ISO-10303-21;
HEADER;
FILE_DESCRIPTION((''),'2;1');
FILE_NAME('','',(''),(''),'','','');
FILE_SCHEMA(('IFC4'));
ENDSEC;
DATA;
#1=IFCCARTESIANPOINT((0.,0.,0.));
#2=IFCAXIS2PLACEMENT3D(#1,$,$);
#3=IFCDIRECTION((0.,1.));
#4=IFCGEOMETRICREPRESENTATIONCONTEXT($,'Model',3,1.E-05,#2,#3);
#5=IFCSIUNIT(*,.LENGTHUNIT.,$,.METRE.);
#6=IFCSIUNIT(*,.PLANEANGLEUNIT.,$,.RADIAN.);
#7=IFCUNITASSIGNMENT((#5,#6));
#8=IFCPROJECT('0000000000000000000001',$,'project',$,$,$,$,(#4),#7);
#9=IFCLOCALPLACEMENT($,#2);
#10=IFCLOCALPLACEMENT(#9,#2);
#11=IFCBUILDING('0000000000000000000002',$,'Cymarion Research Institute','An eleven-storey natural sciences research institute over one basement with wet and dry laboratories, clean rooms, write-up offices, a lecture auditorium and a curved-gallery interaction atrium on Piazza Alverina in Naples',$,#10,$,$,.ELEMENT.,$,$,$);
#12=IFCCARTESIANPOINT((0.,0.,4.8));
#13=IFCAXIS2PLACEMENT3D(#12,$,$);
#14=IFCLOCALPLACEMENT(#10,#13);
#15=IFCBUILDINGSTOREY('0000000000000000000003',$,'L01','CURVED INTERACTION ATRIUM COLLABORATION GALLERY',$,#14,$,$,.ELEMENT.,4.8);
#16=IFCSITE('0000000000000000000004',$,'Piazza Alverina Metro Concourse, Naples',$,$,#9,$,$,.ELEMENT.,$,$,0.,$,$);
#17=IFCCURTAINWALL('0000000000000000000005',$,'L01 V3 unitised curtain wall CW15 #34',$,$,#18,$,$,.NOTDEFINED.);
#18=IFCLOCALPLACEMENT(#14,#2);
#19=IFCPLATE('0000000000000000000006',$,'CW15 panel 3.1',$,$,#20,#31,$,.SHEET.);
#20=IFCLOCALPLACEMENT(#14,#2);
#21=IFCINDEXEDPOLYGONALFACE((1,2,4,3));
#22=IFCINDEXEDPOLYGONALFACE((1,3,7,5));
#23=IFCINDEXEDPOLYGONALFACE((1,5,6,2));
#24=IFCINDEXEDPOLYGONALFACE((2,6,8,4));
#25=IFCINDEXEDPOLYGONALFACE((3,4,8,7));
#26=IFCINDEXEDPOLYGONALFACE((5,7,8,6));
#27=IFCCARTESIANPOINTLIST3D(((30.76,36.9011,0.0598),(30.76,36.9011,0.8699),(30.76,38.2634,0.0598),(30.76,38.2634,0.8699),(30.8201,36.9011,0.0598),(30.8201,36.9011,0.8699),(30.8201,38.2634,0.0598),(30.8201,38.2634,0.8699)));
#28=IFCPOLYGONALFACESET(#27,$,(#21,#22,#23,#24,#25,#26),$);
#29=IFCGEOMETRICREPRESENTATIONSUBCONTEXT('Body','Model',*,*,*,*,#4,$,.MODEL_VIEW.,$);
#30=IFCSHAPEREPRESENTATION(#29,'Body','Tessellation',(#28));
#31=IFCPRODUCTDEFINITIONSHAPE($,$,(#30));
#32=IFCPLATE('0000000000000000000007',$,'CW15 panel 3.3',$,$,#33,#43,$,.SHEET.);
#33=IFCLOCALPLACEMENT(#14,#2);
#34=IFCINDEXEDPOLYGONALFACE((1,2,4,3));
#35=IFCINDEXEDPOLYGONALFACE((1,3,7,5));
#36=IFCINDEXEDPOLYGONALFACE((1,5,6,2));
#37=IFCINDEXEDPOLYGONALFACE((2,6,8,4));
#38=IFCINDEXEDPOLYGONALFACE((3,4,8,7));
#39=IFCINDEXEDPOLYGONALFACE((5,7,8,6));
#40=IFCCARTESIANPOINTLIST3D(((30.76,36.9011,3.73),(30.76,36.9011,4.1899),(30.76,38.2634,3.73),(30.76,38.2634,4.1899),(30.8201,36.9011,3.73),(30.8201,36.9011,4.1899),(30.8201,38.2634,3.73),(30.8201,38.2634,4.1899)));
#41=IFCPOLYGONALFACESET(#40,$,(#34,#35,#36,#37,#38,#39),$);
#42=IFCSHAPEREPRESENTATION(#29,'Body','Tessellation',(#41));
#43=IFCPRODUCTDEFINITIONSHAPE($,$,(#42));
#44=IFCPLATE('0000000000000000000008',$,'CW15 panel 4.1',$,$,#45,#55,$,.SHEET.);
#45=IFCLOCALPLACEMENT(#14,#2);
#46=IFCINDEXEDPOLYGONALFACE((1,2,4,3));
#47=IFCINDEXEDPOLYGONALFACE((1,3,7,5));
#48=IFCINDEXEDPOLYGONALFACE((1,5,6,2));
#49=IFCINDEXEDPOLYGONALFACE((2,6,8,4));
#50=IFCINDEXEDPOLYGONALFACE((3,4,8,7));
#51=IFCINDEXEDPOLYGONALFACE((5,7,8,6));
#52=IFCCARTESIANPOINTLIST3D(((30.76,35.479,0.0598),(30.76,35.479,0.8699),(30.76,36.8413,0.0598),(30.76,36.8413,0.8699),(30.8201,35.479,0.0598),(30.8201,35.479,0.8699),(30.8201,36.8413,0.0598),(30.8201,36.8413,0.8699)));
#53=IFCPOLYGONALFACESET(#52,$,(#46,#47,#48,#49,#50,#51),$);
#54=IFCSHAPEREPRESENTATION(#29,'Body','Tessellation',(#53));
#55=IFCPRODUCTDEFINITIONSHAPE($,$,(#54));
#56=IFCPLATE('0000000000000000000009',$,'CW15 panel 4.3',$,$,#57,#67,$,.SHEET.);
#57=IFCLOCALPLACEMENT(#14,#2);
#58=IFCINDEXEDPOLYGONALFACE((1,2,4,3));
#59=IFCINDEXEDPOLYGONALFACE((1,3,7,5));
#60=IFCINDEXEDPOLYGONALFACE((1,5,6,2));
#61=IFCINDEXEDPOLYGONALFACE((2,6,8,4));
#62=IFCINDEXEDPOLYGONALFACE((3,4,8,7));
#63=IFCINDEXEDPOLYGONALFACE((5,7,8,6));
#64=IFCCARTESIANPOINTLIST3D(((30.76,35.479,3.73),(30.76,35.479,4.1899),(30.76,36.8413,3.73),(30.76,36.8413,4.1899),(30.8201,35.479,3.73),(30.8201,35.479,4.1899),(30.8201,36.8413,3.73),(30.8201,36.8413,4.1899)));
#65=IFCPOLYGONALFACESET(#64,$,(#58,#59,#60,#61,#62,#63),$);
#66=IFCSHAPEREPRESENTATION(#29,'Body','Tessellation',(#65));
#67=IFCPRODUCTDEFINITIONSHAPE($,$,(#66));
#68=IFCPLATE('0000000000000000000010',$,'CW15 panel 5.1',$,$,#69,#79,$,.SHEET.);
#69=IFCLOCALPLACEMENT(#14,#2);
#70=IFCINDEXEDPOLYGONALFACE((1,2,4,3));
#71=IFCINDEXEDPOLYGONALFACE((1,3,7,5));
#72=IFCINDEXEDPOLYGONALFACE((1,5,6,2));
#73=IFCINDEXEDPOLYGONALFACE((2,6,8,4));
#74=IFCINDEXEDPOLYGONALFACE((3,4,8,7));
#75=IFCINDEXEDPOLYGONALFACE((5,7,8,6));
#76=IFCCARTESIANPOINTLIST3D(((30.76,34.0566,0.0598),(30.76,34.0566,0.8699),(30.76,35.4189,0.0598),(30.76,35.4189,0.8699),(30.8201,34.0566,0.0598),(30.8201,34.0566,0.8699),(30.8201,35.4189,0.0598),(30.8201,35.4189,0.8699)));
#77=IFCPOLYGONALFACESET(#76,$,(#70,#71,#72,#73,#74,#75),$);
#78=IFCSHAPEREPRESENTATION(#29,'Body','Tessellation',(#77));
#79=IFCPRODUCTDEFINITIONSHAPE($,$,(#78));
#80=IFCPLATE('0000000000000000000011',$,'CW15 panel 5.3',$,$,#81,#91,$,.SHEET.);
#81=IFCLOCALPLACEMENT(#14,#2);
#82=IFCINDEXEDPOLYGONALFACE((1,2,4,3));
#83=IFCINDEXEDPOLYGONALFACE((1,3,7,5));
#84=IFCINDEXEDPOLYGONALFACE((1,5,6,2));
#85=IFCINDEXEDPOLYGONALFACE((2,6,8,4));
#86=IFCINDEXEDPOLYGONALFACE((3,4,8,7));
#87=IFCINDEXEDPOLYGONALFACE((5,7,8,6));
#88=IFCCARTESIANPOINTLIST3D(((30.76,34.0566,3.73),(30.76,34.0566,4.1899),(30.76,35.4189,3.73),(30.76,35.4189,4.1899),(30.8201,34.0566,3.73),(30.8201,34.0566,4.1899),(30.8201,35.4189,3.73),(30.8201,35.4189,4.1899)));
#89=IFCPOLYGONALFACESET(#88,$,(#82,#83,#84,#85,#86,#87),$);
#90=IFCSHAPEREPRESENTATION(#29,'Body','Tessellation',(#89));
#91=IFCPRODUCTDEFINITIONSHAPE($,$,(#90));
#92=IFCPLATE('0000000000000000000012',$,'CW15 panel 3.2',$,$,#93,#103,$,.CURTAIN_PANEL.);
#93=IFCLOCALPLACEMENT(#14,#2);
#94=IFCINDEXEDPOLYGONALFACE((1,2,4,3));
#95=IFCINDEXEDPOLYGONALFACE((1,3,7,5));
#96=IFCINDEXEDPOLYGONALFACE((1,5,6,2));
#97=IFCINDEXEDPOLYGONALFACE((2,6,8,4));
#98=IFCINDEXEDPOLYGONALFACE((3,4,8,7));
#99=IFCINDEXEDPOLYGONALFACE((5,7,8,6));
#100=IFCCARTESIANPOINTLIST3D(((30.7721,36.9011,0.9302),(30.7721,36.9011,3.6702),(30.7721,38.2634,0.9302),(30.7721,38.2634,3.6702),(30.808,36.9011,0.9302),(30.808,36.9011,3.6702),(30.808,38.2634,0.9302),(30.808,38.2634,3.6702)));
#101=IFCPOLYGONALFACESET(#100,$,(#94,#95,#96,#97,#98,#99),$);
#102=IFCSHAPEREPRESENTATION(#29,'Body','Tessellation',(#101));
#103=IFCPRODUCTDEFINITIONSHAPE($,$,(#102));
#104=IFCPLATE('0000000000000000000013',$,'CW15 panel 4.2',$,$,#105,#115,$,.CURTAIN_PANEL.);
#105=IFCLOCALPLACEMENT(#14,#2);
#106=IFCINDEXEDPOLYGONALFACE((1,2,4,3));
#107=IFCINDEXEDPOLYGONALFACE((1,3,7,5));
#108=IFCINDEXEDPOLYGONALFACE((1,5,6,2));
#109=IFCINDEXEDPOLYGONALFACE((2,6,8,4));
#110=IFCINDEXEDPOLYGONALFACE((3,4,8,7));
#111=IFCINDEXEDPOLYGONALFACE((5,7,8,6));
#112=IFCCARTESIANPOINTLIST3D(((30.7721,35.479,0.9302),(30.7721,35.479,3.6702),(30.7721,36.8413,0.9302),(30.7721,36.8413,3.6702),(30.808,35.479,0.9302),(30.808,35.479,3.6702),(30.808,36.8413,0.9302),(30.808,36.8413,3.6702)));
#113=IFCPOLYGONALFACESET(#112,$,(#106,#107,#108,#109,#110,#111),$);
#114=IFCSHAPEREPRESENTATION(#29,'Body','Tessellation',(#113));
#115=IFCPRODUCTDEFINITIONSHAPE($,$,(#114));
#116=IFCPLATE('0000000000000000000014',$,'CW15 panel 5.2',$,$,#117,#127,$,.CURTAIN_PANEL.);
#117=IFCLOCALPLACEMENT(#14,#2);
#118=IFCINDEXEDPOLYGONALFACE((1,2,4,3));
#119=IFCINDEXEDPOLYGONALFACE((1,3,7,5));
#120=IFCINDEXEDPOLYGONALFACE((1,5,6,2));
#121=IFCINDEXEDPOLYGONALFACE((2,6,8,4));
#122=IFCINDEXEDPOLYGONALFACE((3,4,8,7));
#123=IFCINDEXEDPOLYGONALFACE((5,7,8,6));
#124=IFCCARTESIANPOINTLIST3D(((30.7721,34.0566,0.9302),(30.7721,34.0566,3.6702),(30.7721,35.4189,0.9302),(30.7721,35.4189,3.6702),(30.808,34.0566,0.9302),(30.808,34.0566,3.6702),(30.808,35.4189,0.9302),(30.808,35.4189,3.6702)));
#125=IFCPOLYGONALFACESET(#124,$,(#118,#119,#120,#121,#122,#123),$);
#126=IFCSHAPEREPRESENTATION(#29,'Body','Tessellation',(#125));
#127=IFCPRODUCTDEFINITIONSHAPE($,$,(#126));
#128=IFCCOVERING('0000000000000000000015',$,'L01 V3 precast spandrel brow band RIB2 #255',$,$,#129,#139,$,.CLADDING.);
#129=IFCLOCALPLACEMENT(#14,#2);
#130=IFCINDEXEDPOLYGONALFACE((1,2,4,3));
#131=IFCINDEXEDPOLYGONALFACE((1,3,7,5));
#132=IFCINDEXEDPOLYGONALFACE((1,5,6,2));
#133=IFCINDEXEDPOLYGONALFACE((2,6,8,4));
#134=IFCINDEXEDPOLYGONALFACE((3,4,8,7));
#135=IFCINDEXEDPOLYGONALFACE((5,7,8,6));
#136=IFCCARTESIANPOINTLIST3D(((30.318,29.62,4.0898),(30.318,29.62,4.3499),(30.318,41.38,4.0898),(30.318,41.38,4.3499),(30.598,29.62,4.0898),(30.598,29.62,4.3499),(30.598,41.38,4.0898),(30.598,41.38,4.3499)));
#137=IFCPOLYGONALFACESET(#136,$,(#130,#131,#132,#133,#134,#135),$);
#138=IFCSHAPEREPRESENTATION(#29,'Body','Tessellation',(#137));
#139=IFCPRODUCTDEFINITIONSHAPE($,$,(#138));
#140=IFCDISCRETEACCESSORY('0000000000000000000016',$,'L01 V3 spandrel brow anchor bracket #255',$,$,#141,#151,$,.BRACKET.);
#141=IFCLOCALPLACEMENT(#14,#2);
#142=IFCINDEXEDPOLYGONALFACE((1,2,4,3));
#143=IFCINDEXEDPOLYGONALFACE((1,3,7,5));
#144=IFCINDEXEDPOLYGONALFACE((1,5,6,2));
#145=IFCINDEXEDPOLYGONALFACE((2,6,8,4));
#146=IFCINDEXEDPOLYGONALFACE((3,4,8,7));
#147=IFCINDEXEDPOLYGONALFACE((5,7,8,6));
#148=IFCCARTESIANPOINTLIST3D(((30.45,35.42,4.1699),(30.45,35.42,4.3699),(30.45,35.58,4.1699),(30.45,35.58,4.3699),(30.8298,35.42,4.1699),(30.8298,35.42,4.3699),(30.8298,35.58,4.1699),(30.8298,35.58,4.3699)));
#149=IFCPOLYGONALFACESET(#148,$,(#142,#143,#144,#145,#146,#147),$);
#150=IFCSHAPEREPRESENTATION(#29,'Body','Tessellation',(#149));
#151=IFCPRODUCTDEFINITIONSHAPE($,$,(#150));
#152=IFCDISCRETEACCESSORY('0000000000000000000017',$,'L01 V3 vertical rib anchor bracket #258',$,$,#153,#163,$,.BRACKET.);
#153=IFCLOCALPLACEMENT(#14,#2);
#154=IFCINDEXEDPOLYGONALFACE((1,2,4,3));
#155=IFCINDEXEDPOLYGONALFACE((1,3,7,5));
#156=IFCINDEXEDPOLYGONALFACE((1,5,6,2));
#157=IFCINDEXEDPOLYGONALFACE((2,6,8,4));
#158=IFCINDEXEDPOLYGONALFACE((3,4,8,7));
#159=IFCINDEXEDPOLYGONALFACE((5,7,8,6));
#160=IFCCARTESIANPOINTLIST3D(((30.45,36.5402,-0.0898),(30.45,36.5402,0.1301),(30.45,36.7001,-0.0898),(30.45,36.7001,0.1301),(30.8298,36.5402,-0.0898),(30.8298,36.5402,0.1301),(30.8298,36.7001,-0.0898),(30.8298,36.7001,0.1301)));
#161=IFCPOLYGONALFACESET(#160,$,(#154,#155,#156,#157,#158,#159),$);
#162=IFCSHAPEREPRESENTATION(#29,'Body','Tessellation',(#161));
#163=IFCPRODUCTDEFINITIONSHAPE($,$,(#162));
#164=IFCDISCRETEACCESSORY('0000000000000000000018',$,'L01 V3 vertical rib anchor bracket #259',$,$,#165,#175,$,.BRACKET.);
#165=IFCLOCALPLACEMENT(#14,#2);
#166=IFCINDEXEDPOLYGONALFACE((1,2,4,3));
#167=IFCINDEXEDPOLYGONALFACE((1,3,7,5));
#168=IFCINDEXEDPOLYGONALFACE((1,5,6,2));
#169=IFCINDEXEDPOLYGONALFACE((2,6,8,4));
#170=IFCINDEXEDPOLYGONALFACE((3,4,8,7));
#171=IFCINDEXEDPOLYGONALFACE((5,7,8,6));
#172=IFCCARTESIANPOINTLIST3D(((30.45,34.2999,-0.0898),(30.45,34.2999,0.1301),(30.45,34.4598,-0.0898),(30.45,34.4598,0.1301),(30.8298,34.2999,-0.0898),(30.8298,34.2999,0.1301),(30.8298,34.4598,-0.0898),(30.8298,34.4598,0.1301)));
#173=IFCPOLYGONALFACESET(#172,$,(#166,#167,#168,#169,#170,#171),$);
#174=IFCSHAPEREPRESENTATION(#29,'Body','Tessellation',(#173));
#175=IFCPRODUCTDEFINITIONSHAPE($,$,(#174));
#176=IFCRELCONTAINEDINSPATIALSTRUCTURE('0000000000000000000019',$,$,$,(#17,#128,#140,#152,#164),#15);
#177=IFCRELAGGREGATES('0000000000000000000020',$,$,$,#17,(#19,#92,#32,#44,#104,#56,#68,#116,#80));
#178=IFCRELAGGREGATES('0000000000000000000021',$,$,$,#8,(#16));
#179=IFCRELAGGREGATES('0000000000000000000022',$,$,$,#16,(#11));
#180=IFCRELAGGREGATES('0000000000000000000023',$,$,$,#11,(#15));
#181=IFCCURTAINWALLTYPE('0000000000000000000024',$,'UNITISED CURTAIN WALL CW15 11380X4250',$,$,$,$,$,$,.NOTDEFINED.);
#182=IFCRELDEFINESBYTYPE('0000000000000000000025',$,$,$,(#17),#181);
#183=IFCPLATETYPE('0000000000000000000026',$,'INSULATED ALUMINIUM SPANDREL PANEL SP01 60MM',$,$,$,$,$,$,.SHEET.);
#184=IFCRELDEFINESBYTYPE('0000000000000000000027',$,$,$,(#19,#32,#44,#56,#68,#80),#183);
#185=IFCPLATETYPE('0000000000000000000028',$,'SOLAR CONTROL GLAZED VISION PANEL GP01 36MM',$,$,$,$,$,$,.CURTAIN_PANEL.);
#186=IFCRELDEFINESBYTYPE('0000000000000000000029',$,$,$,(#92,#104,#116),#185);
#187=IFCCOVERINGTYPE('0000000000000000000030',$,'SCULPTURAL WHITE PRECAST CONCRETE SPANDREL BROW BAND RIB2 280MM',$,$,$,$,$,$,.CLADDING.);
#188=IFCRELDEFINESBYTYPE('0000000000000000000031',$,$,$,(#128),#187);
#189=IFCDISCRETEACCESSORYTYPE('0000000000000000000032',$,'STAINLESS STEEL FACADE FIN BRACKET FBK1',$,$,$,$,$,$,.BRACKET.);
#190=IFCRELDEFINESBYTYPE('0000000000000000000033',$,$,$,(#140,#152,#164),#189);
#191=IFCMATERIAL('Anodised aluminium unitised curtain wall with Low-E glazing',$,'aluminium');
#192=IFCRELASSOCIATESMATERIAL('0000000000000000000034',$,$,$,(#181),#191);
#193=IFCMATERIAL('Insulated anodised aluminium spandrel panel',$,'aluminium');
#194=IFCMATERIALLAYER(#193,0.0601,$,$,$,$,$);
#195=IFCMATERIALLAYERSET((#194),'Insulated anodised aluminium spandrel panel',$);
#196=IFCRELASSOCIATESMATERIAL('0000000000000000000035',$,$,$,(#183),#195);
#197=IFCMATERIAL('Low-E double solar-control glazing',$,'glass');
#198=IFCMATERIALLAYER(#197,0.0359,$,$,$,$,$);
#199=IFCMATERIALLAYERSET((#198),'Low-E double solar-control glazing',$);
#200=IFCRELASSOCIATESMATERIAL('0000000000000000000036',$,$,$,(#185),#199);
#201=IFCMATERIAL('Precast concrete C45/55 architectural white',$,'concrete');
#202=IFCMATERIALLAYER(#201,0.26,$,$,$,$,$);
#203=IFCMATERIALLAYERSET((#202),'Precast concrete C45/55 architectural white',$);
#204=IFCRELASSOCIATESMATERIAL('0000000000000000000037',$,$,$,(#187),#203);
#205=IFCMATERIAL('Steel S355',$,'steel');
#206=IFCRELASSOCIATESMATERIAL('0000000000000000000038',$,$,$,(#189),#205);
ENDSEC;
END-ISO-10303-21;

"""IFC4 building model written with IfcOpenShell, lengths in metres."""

from ifc_helpers import new_model, si_unit, direction, frame, origin, origin_2d, place, context, subcontext, project, spatial, rectangle, extrude, material, layer, layer_set, type_object, element, aggregate, save


model = new_model("IFC4")

# Units and contexts
model_context = context("Model", 3, precision=1e-05, world=origin(), true_north=direction((0.0, 1.0)))
body_context = subcontext(model_context, "Body", "Model", "MODEL_VIEW")
ifc_project = project(units=[si_unit("LENGTHUNIT", "METRE"), si_unit("PLANEANGLEUNIT", "RADIAN")], contexts=[model_context])

# Site, building, storey
site_placement = place(None, origin())
site = spatial("IfcSite", under=ifc_project, at=site_placement, Name="Piazza Alverina Metro Concourse, Naples", CompositionType="ELEMENT", RefElevation=0.0)
building_placement = place(site_placement, origin())
building = spatial("IfcBuilding", under=site, at=building_placement, Name="Cymarion Research Institute", Description="An eleven-storey natural sciences research institute over one basement with wet and dry laboratories, clean rooms, write-up offices, a lecture auditorium and a curved-gallery interaction atrium on Piazza Alverina in Naples", CompositionType="ELEMENT")
storey_placement = place(building_placement, frame((0.0, 0.0, 4.8)))
storey = spatial("IfcBuildingStorey", under=building, at=storey_placement, Name="L01", Description="CURVED INTERACTION ATRIUM COLLABORATION GALLERY", CompositionType="ELEMENT", Elevation=4.8)

# Curtain wall, plates
ifc_material_1 = material(Name="Anodised aluminium unitised curtain wall with Low-E glazing", Category="aluminium")
curtain_wall_type = type_object("IfcCurtainWallType", Name="UNITISED CURTAIN WALL CW15 11380X4250", PredefinedType="NOTDEFINED", material=ifc_material_1)
curtain_wall_placement = place(storey_placement, origin())
curtain_wall = element("IfcCurtainWall", 1, at=curtain_wall_placement, inside=storey, type_object=curtain_wall_type, Name="L01 V3 unitised curtain wall CW15 #34", PredefinedType="NOTDEFINED")
ifc_material_2 = material(Name="Insulated anodised aluminium spandrel panel", Category="aluminium")
ifc_layer_1 = layer(ifc_material_2, 0.0601)
ifc_layer_set_1 = layer_set([ifc_layer_1], Name="Insulated anodised aluminium spandrel panel")
plate_type_1 = type_object("IfcPlateType", Name="INSULATED ALUMINIUM SPANDREL PANEL SP01 60MM", PredefinedType="SHEET", material=ifc_layer_set_1)
plate_1_placement = place(storey_placement, frame((30.79, 37.5823, 0.0598), z_axis=(0.0, 0.0, 1.0), x_axis=(0.0, -1.0, 0.0)))
plate_1 = element("IfcPlate", 2, at=plate_1_placement, type_object=plate_type_1, Name="CW15 panel 3.1", PredefinedType="SHEET", context=body_context, shape_type="SweptSolid", body=[
    extrude(rectangle(XDim=1.3623, YDim=0.0601, at=origin_2d()), origin(), (0.0, 0.0, 1.0), 0.8101),
])
plate_2_placement = place(storey_placement, frame((30.79, 37.5823, 3.73), z_axis=(0.0, 0.0, 1.0), x_axis=(0.0, -1.0, 0.0)))
plate_2 = element("IfcPlate", 3, at=plate_2_placement, type_object=plate_type_1, Name="CW15 panel 3.3", PredefinedType="SHEET", context=body_context, shape_type="SweptSolid", body=[
    extrude(rectangle(XDim=1.3623, YDim=0.0601, at=origin_2d()), origin(), (0.0, 0.0, 1.0), 0.46),
])
plate_3_placement = place(storey_placement, frame((30.79, 36.1602, 0.0598), z_axis=(0.0, 0.0, 1.0), x_axis=(0.0, -1.0, 0.0)))
plate_3 = element("IfcPlate", 4, at=plate_3_placement, type_object=plate_type_1, Name="CW15 panel 4.1", PredefinedType="SHEET", context=body_context, shape_type="SweptSolid", body=[
    extrude(rectangle(XDim=1.3623, YDim=0.0601, at=origin_2d()), origin(), (0.0, 0.0, 1.0), 0.8101),
])
plate_4_placement = place(storey_placement, frame((30.79, 36.1602, 3.73), z_axis=(0.0, 0.0, 1.0), x_axis=(0.0, -1.0, 0.0)))
plate_4 = element("IfcPlate", 5, at=plate_4_placement, type_object=plate_type_1, Name="CW15 panel 4.3", PredefinedType="SHEET", context=body_context, shape_type="SweptSolid", body=[
    extrude(rectangle(XDim=1.3623, YDim=0.0601, at=origin_2d()), origin(), (0.0, 0.0, 1.0), 0.46),
])
plate_5_placement = place(storey_placement, frame((30.79, 34.7378, 0.0598), z_axis=(0.0, 0.0, 1.0), x_axis=(0.0, -1.0, 0.0)))
plate_5 = element("IfcPlate", 6, at=plate_5_placement, type_object=plate_type_1, Name="CW15 panel 5.1", PredefinedType="SHEET", context=body_context, shape_type="SweptSolid", body=[
    extrude(rectangle(XDim=1.3623, YDim=0.0601, at=origin_2d()), origin(), (0.0, 0.0, 1.0), 0.8101),
])
plate_6_placement = place(storey_placement, frame((30.79, 34.7378, 3.73), z_axis=(0.0, 0.0, 1.0), x_axis=(0.0, -1.0, 0.0)))
plate_6 = element("IfcPlate", 7, at=plate_6_placement, type_object=plate_type_1, Name="CW15 panel 5.3", PredefinedType="SHEET", context=body_context, shape_type="SweptSolid", body=[
    extrude(rectangle(XDim=1.3623, YDim=0.0601, at=origin_2d()), origin(), (0.0, 0.0, 1.0), 0.46),
])
ifc_material_3 = material(Name="Low-E double solar-control glazing", Category="glass")
ifc_layer_2 = layer(ifc_material_3, 0.0359)
ifc_layer_set_2 = layer_set([ifc_layer_2], Name="Low-E double solar-control glazing")
plate_type_2 = type_object("IfcPlateType", Name="SOLAR CONTROL GLAZED VISION PANEL GP01 36MM", PredefinedType="CURTAIN_PANEL", material=ifc_layer_set_2)
plate_7_placement = place(storey_placement, frame((30.79, 37.5823, 0.9302), z_axis=(0.0, 0.0, 1.0), x_axis=(0.0, -1.0, 0.0)))
plate_7 = element("IfcPlate", 8, at=plate_7_placement, type_object=plate_type_2, Name="CW15 panel 3.2", PredefinedType="CURTAIN_PANEL", context=body_context, shape_type="SweptSolid", body=[
    extrude(rectangle(XDim=1.3623, YDim=0.0359, at=origin_2d()), origin(), (0.0, 0.0, 1.0), 2.74),
])
plate_8_placement = place(storey_placement, frame((30.79, 36.1602, 0.9302), z_axis=(0.0, 0.0, 1.0), x_axis=(0.0, -1.0, 0.0)))
plate_8 = element("IfcPlate", 9, at=plate_8_placement, type_object=plate_type_2, Name="CW15 panel 4.2", PredefinedType="CURTAIN_PANEL", context=body_context, shape_type="SweptSolid", body=[
    extrude(rectangle(XDim=1.3623, YDim=0.0359, at=origin_2d()), origin(), (0.0, 0.0, 1.0), 2.74),
])
plate_9_placement = place(storey_placement, frame((30.79, 34.7378, 0.9302), z_axis=(0.0, 0.0, 1.0), x_axis=(0.0, -1.0, 0.0)))
plate_9 = element("IfcPlate", 10, at=plate_9_placement, type_object=plate_type_2, Name="CW15 panel 5.2", PredefinedType="CURTAIN_PANEL", context=body_context, shape_type="SweptSolid", body=[
    extrude(rectangle(XDim=1.3623, YDim=0.0359, at=origin_2d()), origin(), (0.0, 0.0, 1.0), 2.74),
])
aggregate(curtain_wall, [plate_1, plate_7, plate_2, plate_3, plate_8, plate_4, plate_5, plate_9, plate_6])

# Covering
ifc_material_4 = material(Name="Precast concrete C45/55 architectural white", Category="concrete")
ifc_layer_3 = layer(ifc_material_4, 0.26)
ifc_layer_set_3 = layer_set([ifc_layer_3], Name="Precast concrete C45/55 architectural white")
covering_type = type_object("IfcCoveringType", Name="SCULPTURAL WHITE PRECAST CONCRETE SPANDREL BROW BAND RIB2 280MM", PredefinedType="CLADDING", material=ifc_layer_set_3)
covering_placement = place(storey_placement, frame((30.458, 35.5, 4.0898), z_axis=(0.0, 0.0, 1.0), x_axis=(-1.0, 0.0, 0.0)))
element("IfcCovering", 11, at=covering_placement, inside=storey, type_object=covering_type, Name="L01 V3 precast spandrel brow band RIB2 #255", PredefinedType="CLADDING", context=body_context, shape_type="SweptSolid", body=[
    extrude(rectangle(XDim=0.28, YDim=11.76, at=origin_2d()), origin(), (0.0, 0.0, 1.0), 0.26),
])

# Discrete accessories
ifc_material_5 = material(Name="Steel S355", Category="steel")
discrete_accessory_type = type_object("IfcDiscreteAccessoryType", Name="STAINLESS STEEL FACADE FIN BRACKET FBK1", PredefinedType="BRACKET", material=ifc_material_5)
discrete_accessory_placement = place(storey_placement, frame((30.6399, 35.5, 4.1699), z_axis=(0.0, 0.0, 1.0), x_axis=(-1.0, 0.0, 0.0)))
element("IfcDiscreteAccessory", 12, at=discrete_accessory_placement, inside=storey, type_object=discrete_accessory_type, Name="L01 V3 spandrel brow anchor bracket #255", PredefinedType="BRACKET", context=body_context, shape_type="SweptSolid", body=[
    extrude(rectangle(XDim=0.3799, YDim=0.1599, at=origin_2d()), origin(), (0.0, 0.0, 1.0), 0.2),
])
for number, where, z_axis, x_axis, name in (
    (13, (30.6399, 36.6201, -0.0898), (0.0, 0.0, 1.0), (-1.0, 0.0, 0.0), "L01 V3 vertical rib anchor bracket #258"),
    (14, (30.6399, 34.3799, -0.0898), (0.0, 0.0, 1.0), (-1.0, 0.0, 0.0), "L01 V3 vertical rib anchor bracket #259"),
):
    element("IfcDiscreteAccessory", number, at=place(storey_placement, frame(where, z_axis=z_axis, x_axis=x_axis)), inside=storey, type_object=discrete_accessory_type, Name=name, PredefinedType="BRACKET", context=body_context, shape_type="SweptSolid", body=[
        extrude(rectangle(XDim=0.3799, YDim=0.1599, at=origin_2d()), origin(), (0.0, 0.0, 1.0), 0.22),
    ])

save(model, "model.ifc")
